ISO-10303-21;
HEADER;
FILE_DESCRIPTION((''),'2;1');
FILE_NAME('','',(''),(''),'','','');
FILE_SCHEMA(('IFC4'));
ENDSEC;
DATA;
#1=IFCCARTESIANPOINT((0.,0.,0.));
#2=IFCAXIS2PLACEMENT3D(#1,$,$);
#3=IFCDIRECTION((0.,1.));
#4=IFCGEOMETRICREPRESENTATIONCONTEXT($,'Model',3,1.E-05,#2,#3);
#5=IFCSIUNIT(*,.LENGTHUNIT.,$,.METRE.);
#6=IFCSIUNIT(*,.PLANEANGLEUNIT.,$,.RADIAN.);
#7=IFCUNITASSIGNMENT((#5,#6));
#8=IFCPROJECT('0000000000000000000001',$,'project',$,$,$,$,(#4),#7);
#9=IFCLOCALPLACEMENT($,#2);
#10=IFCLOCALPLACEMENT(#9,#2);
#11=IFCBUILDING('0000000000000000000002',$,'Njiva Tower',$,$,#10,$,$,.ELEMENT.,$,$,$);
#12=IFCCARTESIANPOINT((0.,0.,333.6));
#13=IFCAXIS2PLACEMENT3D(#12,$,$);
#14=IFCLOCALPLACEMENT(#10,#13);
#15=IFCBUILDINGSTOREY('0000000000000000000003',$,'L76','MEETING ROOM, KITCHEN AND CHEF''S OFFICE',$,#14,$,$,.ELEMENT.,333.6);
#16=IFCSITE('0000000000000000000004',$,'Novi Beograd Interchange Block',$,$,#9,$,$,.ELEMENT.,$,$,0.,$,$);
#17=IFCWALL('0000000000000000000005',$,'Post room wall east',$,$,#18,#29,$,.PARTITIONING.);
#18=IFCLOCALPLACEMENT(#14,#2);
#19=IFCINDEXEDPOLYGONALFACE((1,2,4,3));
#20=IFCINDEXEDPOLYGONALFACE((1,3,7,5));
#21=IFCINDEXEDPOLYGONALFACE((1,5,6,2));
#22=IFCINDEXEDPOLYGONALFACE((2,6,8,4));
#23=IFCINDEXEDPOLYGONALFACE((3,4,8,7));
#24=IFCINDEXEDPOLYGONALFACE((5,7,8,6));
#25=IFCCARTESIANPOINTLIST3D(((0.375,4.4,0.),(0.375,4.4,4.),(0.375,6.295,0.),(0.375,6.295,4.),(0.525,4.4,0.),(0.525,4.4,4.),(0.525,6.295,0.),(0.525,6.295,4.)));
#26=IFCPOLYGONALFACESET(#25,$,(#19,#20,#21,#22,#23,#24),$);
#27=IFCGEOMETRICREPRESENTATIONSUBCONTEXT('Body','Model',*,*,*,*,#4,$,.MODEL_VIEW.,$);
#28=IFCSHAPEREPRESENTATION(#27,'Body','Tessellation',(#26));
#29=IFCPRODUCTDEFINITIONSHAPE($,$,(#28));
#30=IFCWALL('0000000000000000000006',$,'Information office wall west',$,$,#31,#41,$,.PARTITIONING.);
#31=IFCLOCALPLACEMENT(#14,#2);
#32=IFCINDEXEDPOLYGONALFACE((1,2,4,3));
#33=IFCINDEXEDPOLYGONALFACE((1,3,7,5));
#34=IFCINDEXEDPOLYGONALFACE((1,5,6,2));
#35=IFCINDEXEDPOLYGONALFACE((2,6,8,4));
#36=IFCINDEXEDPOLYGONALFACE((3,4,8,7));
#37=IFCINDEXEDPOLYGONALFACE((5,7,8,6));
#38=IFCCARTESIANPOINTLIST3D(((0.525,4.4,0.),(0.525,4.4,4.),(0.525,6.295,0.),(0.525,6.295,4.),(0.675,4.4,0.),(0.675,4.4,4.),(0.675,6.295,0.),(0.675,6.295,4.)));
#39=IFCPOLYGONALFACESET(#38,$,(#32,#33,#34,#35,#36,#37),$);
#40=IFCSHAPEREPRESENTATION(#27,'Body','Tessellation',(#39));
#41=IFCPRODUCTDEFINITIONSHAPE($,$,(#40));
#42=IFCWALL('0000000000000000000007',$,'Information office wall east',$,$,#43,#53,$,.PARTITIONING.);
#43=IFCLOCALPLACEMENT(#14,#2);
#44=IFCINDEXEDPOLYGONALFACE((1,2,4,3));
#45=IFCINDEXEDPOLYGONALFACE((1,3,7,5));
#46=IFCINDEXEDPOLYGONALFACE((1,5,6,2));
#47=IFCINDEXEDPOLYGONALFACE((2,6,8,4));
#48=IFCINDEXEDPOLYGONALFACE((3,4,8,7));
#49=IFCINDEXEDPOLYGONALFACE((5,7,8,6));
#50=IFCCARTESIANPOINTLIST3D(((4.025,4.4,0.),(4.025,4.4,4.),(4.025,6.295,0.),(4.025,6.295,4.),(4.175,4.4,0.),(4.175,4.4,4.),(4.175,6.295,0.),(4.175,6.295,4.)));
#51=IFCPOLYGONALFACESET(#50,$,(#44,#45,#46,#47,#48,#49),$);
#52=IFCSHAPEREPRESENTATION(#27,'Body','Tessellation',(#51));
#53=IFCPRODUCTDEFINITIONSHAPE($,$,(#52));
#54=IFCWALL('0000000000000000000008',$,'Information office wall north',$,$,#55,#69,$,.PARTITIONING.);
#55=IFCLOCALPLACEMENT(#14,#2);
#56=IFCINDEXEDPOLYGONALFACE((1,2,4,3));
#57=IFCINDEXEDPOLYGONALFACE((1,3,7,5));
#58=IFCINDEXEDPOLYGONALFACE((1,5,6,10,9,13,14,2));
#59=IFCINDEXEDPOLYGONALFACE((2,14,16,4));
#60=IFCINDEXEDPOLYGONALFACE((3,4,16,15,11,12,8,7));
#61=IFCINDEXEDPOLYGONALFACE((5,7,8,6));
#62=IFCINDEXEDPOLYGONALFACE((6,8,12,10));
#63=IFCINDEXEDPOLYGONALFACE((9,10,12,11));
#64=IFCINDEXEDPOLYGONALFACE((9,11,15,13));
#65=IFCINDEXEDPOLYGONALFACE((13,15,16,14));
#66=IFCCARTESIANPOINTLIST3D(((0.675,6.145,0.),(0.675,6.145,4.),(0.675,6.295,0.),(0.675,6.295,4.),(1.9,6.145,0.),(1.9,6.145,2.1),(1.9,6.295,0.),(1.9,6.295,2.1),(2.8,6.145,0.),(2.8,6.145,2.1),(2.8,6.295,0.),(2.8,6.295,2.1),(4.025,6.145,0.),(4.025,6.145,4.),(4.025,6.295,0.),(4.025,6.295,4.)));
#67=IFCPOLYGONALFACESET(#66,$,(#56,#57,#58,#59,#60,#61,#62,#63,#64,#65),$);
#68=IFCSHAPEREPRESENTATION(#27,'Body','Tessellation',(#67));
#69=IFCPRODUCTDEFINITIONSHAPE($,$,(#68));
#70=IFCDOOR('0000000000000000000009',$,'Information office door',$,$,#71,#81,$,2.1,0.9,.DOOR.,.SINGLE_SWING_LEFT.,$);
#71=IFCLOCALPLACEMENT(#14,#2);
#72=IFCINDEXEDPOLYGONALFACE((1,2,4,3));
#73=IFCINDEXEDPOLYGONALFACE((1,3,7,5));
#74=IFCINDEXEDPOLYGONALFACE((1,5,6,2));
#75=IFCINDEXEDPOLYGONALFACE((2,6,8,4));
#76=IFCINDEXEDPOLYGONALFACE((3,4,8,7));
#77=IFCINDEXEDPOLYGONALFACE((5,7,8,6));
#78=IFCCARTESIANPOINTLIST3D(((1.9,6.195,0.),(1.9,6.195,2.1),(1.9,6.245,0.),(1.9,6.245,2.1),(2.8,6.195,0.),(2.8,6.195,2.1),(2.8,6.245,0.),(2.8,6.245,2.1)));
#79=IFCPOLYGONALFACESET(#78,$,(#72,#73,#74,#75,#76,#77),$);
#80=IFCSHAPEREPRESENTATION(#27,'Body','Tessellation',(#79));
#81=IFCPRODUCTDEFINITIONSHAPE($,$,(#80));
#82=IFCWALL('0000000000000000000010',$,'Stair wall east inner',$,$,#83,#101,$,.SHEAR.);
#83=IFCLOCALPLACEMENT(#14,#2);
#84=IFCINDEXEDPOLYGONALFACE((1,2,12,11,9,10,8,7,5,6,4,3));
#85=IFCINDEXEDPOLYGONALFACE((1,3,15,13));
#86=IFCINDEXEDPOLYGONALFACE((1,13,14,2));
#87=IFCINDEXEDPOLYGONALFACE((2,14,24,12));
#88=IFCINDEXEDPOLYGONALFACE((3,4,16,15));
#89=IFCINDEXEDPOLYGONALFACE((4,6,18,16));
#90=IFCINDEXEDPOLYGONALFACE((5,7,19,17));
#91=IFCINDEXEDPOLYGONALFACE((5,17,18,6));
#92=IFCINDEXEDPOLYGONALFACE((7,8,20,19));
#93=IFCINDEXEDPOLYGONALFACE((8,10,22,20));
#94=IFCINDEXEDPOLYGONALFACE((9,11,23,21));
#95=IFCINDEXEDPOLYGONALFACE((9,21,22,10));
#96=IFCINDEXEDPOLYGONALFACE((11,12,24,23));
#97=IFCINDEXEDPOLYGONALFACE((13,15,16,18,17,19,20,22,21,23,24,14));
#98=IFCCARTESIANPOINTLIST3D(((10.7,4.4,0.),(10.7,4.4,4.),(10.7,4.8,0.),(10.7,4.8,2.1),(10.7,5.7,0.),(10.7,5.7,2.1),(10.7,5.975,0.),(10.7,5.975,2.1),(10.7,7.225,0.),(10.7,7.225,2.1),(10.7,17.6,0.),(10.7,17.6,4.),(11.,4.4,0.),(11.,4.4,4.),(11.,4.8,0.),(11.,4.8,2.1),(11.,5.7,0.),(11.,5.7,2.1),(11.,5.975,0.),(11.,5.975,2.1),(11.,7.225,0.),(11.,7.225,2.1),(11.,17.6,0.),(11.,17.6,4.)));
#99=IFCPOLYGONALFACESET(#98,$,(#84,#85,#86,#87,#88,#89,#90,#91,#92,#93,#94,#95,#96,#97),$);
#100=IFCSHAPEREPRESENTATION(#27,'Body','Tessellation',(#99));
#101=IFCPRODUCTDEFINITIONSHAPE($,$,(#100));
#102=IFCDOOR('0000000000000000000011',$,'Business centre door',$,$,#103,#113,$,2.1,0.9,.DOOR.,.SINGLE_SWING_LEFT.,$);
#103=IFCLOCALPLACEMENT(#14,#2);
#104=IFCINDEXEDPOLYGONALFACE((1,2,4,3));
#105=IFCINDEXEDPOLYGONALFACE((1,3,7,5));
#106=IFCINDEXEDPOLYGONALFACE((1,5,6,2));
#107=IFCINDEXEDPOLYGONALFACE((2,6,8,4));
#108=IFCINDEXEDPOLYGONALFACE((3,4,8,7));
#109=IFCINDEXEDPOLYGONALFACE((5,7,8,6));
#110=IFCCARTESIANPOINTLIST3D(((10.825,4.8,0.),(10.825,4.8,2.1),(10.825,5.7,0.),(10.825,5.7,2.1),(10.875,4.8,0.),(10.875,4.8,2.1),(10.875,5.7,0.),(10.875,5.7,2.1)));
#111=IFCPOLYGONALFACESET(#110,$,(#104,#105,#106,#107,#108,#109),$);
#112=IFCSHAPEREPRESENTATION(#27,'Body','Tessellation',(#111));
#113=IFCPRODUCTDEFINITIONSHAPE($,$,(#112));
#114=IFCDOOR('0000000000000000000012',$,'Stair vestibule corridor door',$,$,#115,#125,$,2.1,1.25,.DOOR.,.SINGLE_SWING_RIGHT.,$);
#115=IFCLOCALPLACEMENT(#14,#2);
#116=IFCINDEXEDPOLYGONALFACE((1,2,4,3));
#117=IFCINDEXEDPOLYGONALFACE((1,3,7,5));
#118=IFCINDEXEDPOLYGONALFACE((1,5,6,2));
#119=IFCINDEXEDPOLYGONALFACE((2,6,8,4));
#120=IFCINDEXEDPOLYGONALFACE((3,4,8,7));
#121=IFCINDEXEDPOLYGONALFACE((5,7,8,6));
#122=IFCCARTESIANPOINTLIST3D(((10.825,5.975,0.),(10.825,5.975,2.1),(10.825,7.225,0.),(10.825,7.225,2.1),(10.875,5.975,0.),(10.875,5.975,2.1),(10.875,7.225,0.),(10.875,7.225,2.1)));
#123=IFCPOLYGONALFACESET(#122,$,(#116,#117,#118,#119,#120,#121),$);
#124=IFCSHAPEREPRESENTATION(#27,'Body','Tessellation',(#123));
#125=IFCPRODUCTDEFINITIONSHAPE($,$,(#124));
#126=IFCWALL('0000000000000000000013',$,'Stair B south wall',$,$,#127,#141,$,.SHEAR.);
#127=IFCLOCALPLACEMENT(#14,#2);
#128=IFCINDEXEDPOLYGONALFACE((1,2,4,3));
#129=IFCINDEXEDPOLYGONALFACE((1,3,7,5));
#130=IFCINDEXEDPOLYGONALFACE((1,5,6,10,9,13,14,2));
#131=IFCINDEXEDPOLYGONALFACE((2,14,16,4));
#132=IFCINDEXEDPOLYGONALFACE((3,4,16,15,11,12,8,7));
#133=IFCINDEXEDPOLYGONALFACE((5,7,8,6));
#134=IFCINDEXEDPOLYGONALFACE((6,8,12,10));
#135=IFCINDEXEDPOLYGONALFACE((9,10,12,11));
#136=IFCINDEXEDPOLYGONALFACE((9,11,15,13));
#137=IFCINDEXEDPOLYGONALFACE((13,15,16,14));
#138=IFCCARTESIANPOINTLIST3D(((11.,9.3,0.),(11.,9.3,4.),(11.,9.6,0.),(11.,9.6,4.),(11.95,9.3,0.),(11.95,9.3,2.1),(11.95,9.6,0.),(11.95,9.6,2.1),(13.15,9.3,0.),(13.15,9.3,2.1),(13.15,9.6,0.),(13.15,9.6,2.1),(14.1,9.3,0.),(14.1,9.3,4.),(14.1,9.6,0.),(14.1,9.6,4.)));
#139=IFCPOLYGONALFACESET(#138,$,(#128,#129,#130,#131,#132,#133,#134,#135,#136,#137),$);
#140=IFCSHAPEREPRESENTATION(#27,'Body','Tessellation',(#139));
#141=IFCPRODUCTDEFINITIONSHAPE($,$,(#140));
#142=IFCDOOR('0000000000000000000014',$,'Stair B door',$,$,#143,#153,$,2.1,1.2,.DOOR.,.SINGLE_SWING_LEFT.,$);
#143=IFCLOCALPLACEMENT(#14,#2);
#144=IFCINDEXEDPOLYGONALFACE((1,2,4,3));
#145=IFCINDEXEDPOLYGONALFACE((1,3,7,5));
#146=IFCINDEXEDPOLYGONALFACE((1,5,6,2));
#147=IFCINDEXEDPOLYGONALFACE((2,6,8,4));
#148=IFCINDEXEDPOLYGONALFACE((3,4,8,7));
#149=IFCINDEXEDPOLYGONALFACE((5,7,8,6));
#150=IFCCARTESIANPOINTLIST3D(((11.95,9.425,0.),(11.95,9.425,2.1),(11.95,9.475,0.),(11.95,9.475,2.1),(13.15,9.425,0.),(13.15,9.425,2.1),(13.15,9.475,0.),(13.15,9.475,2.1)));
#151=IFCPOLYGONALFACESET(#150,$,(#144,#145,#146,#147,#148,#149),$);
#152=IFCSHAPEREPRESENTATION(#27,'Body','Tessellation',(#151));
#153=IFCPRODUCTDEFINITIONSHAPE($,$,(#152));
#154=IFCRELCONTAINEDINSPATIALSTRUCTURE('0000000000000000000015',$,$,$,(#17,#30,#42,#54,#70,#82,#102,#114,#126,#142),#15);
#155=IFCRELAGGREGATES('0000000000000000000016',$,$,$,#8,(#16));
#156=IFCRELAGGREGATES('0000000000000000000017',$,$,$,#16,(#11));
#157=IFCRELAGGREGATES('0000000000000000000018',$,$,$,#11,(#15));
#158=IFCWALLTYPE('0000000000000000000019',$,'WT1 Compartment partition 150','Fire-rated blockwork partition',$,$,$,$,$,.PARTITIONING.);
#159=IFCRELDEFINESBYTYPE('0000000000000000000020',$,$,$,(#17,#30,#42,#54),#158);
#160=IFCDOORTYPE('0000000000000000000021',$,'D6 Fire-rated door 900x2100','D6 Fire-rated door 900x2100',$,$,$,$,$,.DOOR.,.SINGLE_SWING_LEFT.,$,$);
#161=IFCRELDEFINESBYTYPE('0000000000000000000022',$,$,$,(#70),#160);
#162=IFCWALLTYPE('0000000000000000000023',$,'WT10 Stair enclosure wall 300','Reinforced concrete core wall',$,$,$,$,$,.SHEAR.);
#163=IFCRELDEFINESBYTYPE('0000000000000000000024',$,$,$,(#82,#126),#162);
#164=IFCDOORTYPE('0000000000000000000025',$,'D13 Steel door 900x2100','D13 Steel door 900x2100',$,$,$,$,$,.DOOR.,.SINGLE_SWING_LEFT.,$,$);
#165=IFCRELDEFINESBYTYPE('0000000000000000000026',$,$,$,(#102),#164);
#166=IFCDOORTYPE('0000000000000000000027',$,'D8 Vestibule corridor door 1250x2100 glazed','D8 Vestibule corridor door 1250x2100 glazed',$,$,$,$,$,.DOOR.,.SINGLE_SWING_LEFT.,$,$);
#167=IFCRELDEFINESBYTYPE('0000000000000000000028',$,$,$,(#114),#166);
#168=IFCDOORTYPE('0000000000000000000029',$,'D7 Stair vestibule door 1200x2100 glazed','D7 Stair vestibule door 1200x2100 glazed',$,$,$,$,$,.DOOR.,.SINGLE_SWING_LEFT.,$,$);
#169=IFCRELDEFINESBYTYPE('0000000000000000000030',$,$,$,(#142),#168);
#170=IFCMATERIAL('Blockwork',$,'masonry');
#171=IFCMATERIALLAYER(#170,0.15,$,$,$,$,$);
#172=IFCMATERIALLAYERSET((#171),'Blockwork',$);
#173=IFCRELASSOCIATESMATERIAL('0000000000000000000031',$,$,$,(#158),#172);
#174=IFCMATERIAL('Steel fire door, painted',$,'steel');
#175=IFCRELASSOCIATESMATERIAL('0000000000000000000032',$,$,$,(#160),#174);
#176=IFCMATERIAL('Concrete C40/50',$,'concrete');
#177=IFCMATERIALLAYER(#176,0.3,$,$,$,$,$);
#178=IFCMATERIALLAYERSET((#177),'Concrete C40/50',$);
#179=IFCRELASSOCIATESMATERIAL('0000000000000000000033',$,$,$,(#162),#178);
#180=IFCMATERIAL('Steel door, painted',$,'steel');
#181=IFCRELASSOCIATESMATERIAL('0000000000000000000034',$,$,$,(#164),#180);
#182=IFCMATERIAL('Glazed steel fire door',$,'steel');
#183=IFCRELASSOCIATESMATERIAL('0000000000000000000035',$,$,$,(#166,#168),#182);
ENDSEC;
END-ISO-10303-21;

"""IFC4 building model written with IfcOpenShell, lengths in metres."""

from ifc_helpers import new_model, si_unit, direction, frame, frame_2d, origin, place, context, subcontext, project, spatial, rectangle, extrude, material, layer, layer_set, type_object, element, fill, save


model = new_model("IFC4")

# Units and contexts
model_context = context("Model", 3, precision=1e-05, world=origin(), true_north=direction((0.0, 1.0)))
body_context = subcontext(model_context, "Body", "Model", "MODEL_VIEW")
ifc_project = project(units=[si_unit("LENGTHUNIT", "METRE"), si_unit("PLANEANGLEUNIT", "RADIAN")], contexts=[model_context])

# Site, building, storey
site_placement = place(None, origin())
site = spatial("IfcSite", under=ifc_project, at=site_placement, Name="Novi Beograd Interchange Block", CompositionType="ELEMENT", RefElevation=0.0)
building_placement = place(site_placement, origin())
building = spatial("IfcBuilding", under=site, at=building_placement, Name="Njiva Tower", CompositionType="ELEMENT")
storey_placement = place(building_placement, frame((0.0, 0.0, 333.6)))
storey = spatial("IfcBuildingStorey", under=building, at=storey_placement, Name="L76", Description="MEETING ROOM, KITCHEN AND CHEF'S OFFICE", CompositionType="ELEMENT", Elevation=333.6)

# Walls
ifc_material_1 = material(Name="Blockwork", Category="masonry")
ifc_layer_1 = layer(ifc_material_1, 0.15)
ifc_layer_set_1 = layer_set([ifc_layer_1], Name="Blockwork")
wall_type_1 = type_object("IfcWallType", Name="WT1 Compartment partition 150", Description="Fire-rated blockwork partition", PredefinedType="PARTITIONING", material=ifc_layer_set_1)
for number, where, z_axis, x_axis, name in (
    (1, (0.45, 4.4, 0.0), (0.0, 0.0, 1.0), (0.0, 1.0, 0.0), "Post room wall east"),
    (2, (0.6, 4.4, 0.0), (0.0, 0.0, 1.0), (0.0, 1.0, 0.0), "Information office wall west"),
    (3, (4.1, 4.4, 0.0), (0.0, 0.0, 1.0), (0.0, 1.0, 0.0), "Information office wall east"),
):
    element("IfcWall", number, at=place(storey_placement, frame(where, z_axis=z_axis, x_axis=x_axis)), inside=storey, type_object=wall_type_1, Name=name, PredefinedType="PARTITIONING", context=body_context, shape_type="SweptSolid", body=[
        extrude(rectangle(XDim=1.895, YDim=0.15, at=frame_2d((0.9475, 0.0))), origin(), (0.0, 0.0, 1.0), 4.0),
    ])

# Wall, opening, door
wall_1_placement = place(storey_placement, frame((0.675, 6.22, 0.0), z_axis=(0.0, 0.0, 1.0), x_axis=(1.0, 0.0, 0.0)))
wall_1 = element("IfcWall", 4, at=wall_1_placement, inside=storey, type_object=wall_type_1, Name="Information office wall north", PredefinedType="PARTITIONING", context=body_context, shape_type="SweptSolid", body=[
    extrude(rectangle(XDim=3.35, YDim=0.15, at=frame_2d((1.675, 0.0))), origin(), (0.0, 0.0, 1.0), 4.0),
])
opening_1_placement = place(wall_1_placement, frame((1.225, 0.0, 0.0)))
opening_1 = element("IfcOpeningElement", 5, at=opening_1_placement, cuts=wall_1, PredefinedType="OPENING", context=body_context, shape_type="SweptSolid", body=[
    extrude(rectangle(XDim=0.9, YDim=2.1, at=frame_2d((0.45, 1.05))), frame((0.0, 0.085, 0.0), z_axis=(0.0, -1.0, 0.0), x_axis=(1.0, 0.0, 0.0)), (0.0, 0.0, 1.0), 0.17),
])
ifc_material_2 = material(Name="Steel fire door, painted", Category="steel")
door_type_1 = type_object("IfcDoorType", Name="D6 Fire-rated door 900x2100", Description="D6 Fire-rated door 900x2100", OperationType="SINGLE_SWING_LEFT", PredefinedType="DOOR", material=ifc_material_2)
door_1_placement = place(opening_1_placement, origin())
door_1 = element("IfcDoor", 6, at=door_1_placement, inside=storey, type_object=door_type_1, Name="Information office door", OperationType="SINGLE_SWING_LEFT", OverallHeight=2.1, OverallWidth=0.9, PredefinedType="DOOR", context=body_context, shape_type="SweptSolid", body=[
    extrude(rectangle(XDim=0.9, YDim=2.1, at=frame_2d((0.45, 1.05))), frame((0.0, 0.025, 0.0), z_axis=(0.0, -1.0, 0.0), x_axis=(1.0, 0.0, 0.0)), (0.0, 0.0, 1.0), 0.05),
])
fill(opening_1, door_1)

# Wall, openings, doors
ifc_material_3 = material(Name="Concrete C40/50", Category="concrete")
ifc_layer_2 = layer(ifc_material_3, 0.3)
ifc_layer_set_2 = layer_set([ifc_layer_2], Name="Concrete C40/50")
wall_type_2 = type_object("IfcWallType", Name="WT10 Stair enclosure wall 300", Description="Reinforced concrete core wall", PredefinedType="SHEAR", material=ifc_layer_set_2)
wall_2_placement = place(storey_placement, frame((10.85, 4.4, 0.0), z_axis=(0.0, 0.0, 1.0), x_axis=(0.0, 1.0, 0.0)))
wall_2 = element("IfcWall", 7, at=wall_2_placement, inside=storey, type_object=wall_type_2, Name="Stair wall east inner", PredefinedType="SHEAR", context=body_context, shape_type="SweptSolid", body=[
    extrude(rectangle(XDim=13.2, YDim=0.3, at=frame_2d((6.6, 0.0))), origin(), (0.0, 0.0, 1.0), 4.0),
])
opening_2_placement = place(wall_2_placement, frame((1.575, 0.0, 0.0)))
opening_2 = element("IfcOpeningElement", 8, at=opening_2_placement, cuts=wall_2, PredefinedType="OPENING", context=body_context, shape_type="SweptSolid", body=[
    extrude(rectangle(XDim=1.25, YDim=2.1, at=frame_2d((0.625, 1.05))), frame((0.0, 0.16, 0.0), z_axis=(0.0, -1.0, 0.0), x_axis=(1.0, 0.0, 0.0)), (0.0, 0.0, 1.0), 0.32),
])
opening_3_placement = place(wall_2_placement, frame((0.4, 0.0, 0.0)))
opening_3 = element("IfcOpeningElement", 9, at=opening_3_placement, cuts=wall_2, PredefinedType="OPENING", context=body_context, shape_type="SweptSolid", body=[
    extrude(rectangle(XDim=0.9, YDim=2.1, at=frame_2d((0.45, 1.05))), frame((0.0, 0.16, 0.0), z_axis=(0.0, -1.0, 0.0), x_axis=(1.0, 0.0, 0.0)), (0.0, 0.0, 1.0), 0.32),
])
ifc_material_4 = material(Name="Steel door, painted", Category="steel")
door_type_2 = type_object("IfcDoorType", Name="D13 Steel door 900x2100", Description="D13 Steel door 900x2100", OperationType="SINGLE_SWING_LEFT", PredefinedType="DOOR", material=ifc_material_4)
door_2_placement = place(opening_3_placement, origin())
door_2 = element("IfcDoor", 10, at=door_2_placement, inside=storey, type_object=door_type_2, Name="Business centre door", OperationType="SINGLE_SWING_LEFT", OverallHeight=2.1, OverallWidth=0.9, PredefinedType="DOOR", context=body_context, shape_type="SweptSolid", body=[
    extrude(rectangle(XDim=0.9, YDim=2.1, at=frame_2d((0.45, 1.05))), frame((0.0, 0.025, 0.0), z_axis=(0.0, -1.0, 0.0), x_axis=(1.0, 0.0, 0.0)), (0.0, 0.0, 1.0), 0.05),
])
fill(opening_3, door_2)
ifc_material_5 = material(Name="Glazed steel fire door", Category="steel")
door_type_3 = type_object("IfcDoorType", Name="D8 Vestibule corridor door 1250x2100 glazed", Description="D8 Vestibule corridor door 1250x2100 glazed", OperationType="SINGLE_SWING_LEFT", PredefinedType="DOOR", material=ifc_material_5)
door_3_placement = place(opening_2_placement, origin())
door_3 = element("IfcDoor", 11, at=door_3_placement, inside=storey, type_object=door_type_3, Name="Stair vestibule corridor door", OperationType="SINGLE_SWING_RIGHT", OverallHeight=2.1, OverallWidth=1.25, PredefinedType="DOOR", context=body_context, shape_type="SweptSolid", body=[
    extrude(rectangle(XDim=1.25, YDim=2.1, at=frame_2d((0.625, 1.05))), frame((0.0, 0.025, 0.0), z_axis=(0.0, -1.0, 0.0), x_axis=(1.0, 0.0, 0.0)), (0.0, 0.0, 1.0), 0.05),
])
fill(opening_2, door_3)

# Wall, opening, door
wall_3_placement = place(storey_placement, frame((11.0, 9.45, 0.0), z_axis=(0.0, 0.0, 1.0), x_axis=(1.0, 0.0, 0.0)))
wall_3 = element("IfcWall", 12, at=wall_3_placement, inside=storey, type_object=wall_type_2, Name="Stair B south wall", PredefinedType="SHEAR", context=body_context, shape_type="SweptSolid", body=[
    extrude(rectangle(XDim=3.1, YDim=0.3, at=frame_2d((1.55, 0.0))), origin(), (0.0, 0.0, 1.0), 4.0),
])
opening_4_placement = place(wall_3_placement, frame((0.95, 0.0, 0.0)))
opening_4 = element("IfcOpeningElement", 13, at=opening_4_placement, cuts=wall_3, PredefinedType="OPENING", context=body_context, shape_type="SweptSolid", body=[
    extrude(rectangle(XDim=1.2, YDim=2.1, at=frame_2d((0.6, 1.05))), frame((0.0, 0.16, 0.0), z_axis=(0.0, -1.0, 0.0), x_axis=(1.0, 0.0, 0.0)), (0.0, 0.0, 1.0), 0.32),
])
door_type_4 = type_object("IfcDoorType", Name="D7 Stair vestibule door 1200x2100 glazed", Description="D7 Stair vestibule door 1200x2100 glazed", OperationType="SINGLE_SWING_LEFT", PredefinedType="DOOR", material=ifc_material_5)
door_4_placement = place(opening_4_placement, origin())
door_4 = element("IfcDoor", 14, at=door_4_placement, inside=storey, type_object=door_type_4, Name="Stair B door", OperationType="SINGLE_SWING_LEFT", OverallHeight=2.1, OverallWidth=1.2, PredefinedType="DOOR", context=body_context, shape_type="SweptSolid", body=[
    extrude(rectangle(XDim=1.2, YDim=2.1, at=frame_2d((0.6, 1.05))), frame((0.0, 0.025, 0.0), z_axis=(0.0, -1.0, 0.0), x_axis=(1.0, 0.0, 0.0)), (0.0, 0.0, 1.0), 0.05),
])
fill(opening_4, door_4)

save(model, "model.ifc")
